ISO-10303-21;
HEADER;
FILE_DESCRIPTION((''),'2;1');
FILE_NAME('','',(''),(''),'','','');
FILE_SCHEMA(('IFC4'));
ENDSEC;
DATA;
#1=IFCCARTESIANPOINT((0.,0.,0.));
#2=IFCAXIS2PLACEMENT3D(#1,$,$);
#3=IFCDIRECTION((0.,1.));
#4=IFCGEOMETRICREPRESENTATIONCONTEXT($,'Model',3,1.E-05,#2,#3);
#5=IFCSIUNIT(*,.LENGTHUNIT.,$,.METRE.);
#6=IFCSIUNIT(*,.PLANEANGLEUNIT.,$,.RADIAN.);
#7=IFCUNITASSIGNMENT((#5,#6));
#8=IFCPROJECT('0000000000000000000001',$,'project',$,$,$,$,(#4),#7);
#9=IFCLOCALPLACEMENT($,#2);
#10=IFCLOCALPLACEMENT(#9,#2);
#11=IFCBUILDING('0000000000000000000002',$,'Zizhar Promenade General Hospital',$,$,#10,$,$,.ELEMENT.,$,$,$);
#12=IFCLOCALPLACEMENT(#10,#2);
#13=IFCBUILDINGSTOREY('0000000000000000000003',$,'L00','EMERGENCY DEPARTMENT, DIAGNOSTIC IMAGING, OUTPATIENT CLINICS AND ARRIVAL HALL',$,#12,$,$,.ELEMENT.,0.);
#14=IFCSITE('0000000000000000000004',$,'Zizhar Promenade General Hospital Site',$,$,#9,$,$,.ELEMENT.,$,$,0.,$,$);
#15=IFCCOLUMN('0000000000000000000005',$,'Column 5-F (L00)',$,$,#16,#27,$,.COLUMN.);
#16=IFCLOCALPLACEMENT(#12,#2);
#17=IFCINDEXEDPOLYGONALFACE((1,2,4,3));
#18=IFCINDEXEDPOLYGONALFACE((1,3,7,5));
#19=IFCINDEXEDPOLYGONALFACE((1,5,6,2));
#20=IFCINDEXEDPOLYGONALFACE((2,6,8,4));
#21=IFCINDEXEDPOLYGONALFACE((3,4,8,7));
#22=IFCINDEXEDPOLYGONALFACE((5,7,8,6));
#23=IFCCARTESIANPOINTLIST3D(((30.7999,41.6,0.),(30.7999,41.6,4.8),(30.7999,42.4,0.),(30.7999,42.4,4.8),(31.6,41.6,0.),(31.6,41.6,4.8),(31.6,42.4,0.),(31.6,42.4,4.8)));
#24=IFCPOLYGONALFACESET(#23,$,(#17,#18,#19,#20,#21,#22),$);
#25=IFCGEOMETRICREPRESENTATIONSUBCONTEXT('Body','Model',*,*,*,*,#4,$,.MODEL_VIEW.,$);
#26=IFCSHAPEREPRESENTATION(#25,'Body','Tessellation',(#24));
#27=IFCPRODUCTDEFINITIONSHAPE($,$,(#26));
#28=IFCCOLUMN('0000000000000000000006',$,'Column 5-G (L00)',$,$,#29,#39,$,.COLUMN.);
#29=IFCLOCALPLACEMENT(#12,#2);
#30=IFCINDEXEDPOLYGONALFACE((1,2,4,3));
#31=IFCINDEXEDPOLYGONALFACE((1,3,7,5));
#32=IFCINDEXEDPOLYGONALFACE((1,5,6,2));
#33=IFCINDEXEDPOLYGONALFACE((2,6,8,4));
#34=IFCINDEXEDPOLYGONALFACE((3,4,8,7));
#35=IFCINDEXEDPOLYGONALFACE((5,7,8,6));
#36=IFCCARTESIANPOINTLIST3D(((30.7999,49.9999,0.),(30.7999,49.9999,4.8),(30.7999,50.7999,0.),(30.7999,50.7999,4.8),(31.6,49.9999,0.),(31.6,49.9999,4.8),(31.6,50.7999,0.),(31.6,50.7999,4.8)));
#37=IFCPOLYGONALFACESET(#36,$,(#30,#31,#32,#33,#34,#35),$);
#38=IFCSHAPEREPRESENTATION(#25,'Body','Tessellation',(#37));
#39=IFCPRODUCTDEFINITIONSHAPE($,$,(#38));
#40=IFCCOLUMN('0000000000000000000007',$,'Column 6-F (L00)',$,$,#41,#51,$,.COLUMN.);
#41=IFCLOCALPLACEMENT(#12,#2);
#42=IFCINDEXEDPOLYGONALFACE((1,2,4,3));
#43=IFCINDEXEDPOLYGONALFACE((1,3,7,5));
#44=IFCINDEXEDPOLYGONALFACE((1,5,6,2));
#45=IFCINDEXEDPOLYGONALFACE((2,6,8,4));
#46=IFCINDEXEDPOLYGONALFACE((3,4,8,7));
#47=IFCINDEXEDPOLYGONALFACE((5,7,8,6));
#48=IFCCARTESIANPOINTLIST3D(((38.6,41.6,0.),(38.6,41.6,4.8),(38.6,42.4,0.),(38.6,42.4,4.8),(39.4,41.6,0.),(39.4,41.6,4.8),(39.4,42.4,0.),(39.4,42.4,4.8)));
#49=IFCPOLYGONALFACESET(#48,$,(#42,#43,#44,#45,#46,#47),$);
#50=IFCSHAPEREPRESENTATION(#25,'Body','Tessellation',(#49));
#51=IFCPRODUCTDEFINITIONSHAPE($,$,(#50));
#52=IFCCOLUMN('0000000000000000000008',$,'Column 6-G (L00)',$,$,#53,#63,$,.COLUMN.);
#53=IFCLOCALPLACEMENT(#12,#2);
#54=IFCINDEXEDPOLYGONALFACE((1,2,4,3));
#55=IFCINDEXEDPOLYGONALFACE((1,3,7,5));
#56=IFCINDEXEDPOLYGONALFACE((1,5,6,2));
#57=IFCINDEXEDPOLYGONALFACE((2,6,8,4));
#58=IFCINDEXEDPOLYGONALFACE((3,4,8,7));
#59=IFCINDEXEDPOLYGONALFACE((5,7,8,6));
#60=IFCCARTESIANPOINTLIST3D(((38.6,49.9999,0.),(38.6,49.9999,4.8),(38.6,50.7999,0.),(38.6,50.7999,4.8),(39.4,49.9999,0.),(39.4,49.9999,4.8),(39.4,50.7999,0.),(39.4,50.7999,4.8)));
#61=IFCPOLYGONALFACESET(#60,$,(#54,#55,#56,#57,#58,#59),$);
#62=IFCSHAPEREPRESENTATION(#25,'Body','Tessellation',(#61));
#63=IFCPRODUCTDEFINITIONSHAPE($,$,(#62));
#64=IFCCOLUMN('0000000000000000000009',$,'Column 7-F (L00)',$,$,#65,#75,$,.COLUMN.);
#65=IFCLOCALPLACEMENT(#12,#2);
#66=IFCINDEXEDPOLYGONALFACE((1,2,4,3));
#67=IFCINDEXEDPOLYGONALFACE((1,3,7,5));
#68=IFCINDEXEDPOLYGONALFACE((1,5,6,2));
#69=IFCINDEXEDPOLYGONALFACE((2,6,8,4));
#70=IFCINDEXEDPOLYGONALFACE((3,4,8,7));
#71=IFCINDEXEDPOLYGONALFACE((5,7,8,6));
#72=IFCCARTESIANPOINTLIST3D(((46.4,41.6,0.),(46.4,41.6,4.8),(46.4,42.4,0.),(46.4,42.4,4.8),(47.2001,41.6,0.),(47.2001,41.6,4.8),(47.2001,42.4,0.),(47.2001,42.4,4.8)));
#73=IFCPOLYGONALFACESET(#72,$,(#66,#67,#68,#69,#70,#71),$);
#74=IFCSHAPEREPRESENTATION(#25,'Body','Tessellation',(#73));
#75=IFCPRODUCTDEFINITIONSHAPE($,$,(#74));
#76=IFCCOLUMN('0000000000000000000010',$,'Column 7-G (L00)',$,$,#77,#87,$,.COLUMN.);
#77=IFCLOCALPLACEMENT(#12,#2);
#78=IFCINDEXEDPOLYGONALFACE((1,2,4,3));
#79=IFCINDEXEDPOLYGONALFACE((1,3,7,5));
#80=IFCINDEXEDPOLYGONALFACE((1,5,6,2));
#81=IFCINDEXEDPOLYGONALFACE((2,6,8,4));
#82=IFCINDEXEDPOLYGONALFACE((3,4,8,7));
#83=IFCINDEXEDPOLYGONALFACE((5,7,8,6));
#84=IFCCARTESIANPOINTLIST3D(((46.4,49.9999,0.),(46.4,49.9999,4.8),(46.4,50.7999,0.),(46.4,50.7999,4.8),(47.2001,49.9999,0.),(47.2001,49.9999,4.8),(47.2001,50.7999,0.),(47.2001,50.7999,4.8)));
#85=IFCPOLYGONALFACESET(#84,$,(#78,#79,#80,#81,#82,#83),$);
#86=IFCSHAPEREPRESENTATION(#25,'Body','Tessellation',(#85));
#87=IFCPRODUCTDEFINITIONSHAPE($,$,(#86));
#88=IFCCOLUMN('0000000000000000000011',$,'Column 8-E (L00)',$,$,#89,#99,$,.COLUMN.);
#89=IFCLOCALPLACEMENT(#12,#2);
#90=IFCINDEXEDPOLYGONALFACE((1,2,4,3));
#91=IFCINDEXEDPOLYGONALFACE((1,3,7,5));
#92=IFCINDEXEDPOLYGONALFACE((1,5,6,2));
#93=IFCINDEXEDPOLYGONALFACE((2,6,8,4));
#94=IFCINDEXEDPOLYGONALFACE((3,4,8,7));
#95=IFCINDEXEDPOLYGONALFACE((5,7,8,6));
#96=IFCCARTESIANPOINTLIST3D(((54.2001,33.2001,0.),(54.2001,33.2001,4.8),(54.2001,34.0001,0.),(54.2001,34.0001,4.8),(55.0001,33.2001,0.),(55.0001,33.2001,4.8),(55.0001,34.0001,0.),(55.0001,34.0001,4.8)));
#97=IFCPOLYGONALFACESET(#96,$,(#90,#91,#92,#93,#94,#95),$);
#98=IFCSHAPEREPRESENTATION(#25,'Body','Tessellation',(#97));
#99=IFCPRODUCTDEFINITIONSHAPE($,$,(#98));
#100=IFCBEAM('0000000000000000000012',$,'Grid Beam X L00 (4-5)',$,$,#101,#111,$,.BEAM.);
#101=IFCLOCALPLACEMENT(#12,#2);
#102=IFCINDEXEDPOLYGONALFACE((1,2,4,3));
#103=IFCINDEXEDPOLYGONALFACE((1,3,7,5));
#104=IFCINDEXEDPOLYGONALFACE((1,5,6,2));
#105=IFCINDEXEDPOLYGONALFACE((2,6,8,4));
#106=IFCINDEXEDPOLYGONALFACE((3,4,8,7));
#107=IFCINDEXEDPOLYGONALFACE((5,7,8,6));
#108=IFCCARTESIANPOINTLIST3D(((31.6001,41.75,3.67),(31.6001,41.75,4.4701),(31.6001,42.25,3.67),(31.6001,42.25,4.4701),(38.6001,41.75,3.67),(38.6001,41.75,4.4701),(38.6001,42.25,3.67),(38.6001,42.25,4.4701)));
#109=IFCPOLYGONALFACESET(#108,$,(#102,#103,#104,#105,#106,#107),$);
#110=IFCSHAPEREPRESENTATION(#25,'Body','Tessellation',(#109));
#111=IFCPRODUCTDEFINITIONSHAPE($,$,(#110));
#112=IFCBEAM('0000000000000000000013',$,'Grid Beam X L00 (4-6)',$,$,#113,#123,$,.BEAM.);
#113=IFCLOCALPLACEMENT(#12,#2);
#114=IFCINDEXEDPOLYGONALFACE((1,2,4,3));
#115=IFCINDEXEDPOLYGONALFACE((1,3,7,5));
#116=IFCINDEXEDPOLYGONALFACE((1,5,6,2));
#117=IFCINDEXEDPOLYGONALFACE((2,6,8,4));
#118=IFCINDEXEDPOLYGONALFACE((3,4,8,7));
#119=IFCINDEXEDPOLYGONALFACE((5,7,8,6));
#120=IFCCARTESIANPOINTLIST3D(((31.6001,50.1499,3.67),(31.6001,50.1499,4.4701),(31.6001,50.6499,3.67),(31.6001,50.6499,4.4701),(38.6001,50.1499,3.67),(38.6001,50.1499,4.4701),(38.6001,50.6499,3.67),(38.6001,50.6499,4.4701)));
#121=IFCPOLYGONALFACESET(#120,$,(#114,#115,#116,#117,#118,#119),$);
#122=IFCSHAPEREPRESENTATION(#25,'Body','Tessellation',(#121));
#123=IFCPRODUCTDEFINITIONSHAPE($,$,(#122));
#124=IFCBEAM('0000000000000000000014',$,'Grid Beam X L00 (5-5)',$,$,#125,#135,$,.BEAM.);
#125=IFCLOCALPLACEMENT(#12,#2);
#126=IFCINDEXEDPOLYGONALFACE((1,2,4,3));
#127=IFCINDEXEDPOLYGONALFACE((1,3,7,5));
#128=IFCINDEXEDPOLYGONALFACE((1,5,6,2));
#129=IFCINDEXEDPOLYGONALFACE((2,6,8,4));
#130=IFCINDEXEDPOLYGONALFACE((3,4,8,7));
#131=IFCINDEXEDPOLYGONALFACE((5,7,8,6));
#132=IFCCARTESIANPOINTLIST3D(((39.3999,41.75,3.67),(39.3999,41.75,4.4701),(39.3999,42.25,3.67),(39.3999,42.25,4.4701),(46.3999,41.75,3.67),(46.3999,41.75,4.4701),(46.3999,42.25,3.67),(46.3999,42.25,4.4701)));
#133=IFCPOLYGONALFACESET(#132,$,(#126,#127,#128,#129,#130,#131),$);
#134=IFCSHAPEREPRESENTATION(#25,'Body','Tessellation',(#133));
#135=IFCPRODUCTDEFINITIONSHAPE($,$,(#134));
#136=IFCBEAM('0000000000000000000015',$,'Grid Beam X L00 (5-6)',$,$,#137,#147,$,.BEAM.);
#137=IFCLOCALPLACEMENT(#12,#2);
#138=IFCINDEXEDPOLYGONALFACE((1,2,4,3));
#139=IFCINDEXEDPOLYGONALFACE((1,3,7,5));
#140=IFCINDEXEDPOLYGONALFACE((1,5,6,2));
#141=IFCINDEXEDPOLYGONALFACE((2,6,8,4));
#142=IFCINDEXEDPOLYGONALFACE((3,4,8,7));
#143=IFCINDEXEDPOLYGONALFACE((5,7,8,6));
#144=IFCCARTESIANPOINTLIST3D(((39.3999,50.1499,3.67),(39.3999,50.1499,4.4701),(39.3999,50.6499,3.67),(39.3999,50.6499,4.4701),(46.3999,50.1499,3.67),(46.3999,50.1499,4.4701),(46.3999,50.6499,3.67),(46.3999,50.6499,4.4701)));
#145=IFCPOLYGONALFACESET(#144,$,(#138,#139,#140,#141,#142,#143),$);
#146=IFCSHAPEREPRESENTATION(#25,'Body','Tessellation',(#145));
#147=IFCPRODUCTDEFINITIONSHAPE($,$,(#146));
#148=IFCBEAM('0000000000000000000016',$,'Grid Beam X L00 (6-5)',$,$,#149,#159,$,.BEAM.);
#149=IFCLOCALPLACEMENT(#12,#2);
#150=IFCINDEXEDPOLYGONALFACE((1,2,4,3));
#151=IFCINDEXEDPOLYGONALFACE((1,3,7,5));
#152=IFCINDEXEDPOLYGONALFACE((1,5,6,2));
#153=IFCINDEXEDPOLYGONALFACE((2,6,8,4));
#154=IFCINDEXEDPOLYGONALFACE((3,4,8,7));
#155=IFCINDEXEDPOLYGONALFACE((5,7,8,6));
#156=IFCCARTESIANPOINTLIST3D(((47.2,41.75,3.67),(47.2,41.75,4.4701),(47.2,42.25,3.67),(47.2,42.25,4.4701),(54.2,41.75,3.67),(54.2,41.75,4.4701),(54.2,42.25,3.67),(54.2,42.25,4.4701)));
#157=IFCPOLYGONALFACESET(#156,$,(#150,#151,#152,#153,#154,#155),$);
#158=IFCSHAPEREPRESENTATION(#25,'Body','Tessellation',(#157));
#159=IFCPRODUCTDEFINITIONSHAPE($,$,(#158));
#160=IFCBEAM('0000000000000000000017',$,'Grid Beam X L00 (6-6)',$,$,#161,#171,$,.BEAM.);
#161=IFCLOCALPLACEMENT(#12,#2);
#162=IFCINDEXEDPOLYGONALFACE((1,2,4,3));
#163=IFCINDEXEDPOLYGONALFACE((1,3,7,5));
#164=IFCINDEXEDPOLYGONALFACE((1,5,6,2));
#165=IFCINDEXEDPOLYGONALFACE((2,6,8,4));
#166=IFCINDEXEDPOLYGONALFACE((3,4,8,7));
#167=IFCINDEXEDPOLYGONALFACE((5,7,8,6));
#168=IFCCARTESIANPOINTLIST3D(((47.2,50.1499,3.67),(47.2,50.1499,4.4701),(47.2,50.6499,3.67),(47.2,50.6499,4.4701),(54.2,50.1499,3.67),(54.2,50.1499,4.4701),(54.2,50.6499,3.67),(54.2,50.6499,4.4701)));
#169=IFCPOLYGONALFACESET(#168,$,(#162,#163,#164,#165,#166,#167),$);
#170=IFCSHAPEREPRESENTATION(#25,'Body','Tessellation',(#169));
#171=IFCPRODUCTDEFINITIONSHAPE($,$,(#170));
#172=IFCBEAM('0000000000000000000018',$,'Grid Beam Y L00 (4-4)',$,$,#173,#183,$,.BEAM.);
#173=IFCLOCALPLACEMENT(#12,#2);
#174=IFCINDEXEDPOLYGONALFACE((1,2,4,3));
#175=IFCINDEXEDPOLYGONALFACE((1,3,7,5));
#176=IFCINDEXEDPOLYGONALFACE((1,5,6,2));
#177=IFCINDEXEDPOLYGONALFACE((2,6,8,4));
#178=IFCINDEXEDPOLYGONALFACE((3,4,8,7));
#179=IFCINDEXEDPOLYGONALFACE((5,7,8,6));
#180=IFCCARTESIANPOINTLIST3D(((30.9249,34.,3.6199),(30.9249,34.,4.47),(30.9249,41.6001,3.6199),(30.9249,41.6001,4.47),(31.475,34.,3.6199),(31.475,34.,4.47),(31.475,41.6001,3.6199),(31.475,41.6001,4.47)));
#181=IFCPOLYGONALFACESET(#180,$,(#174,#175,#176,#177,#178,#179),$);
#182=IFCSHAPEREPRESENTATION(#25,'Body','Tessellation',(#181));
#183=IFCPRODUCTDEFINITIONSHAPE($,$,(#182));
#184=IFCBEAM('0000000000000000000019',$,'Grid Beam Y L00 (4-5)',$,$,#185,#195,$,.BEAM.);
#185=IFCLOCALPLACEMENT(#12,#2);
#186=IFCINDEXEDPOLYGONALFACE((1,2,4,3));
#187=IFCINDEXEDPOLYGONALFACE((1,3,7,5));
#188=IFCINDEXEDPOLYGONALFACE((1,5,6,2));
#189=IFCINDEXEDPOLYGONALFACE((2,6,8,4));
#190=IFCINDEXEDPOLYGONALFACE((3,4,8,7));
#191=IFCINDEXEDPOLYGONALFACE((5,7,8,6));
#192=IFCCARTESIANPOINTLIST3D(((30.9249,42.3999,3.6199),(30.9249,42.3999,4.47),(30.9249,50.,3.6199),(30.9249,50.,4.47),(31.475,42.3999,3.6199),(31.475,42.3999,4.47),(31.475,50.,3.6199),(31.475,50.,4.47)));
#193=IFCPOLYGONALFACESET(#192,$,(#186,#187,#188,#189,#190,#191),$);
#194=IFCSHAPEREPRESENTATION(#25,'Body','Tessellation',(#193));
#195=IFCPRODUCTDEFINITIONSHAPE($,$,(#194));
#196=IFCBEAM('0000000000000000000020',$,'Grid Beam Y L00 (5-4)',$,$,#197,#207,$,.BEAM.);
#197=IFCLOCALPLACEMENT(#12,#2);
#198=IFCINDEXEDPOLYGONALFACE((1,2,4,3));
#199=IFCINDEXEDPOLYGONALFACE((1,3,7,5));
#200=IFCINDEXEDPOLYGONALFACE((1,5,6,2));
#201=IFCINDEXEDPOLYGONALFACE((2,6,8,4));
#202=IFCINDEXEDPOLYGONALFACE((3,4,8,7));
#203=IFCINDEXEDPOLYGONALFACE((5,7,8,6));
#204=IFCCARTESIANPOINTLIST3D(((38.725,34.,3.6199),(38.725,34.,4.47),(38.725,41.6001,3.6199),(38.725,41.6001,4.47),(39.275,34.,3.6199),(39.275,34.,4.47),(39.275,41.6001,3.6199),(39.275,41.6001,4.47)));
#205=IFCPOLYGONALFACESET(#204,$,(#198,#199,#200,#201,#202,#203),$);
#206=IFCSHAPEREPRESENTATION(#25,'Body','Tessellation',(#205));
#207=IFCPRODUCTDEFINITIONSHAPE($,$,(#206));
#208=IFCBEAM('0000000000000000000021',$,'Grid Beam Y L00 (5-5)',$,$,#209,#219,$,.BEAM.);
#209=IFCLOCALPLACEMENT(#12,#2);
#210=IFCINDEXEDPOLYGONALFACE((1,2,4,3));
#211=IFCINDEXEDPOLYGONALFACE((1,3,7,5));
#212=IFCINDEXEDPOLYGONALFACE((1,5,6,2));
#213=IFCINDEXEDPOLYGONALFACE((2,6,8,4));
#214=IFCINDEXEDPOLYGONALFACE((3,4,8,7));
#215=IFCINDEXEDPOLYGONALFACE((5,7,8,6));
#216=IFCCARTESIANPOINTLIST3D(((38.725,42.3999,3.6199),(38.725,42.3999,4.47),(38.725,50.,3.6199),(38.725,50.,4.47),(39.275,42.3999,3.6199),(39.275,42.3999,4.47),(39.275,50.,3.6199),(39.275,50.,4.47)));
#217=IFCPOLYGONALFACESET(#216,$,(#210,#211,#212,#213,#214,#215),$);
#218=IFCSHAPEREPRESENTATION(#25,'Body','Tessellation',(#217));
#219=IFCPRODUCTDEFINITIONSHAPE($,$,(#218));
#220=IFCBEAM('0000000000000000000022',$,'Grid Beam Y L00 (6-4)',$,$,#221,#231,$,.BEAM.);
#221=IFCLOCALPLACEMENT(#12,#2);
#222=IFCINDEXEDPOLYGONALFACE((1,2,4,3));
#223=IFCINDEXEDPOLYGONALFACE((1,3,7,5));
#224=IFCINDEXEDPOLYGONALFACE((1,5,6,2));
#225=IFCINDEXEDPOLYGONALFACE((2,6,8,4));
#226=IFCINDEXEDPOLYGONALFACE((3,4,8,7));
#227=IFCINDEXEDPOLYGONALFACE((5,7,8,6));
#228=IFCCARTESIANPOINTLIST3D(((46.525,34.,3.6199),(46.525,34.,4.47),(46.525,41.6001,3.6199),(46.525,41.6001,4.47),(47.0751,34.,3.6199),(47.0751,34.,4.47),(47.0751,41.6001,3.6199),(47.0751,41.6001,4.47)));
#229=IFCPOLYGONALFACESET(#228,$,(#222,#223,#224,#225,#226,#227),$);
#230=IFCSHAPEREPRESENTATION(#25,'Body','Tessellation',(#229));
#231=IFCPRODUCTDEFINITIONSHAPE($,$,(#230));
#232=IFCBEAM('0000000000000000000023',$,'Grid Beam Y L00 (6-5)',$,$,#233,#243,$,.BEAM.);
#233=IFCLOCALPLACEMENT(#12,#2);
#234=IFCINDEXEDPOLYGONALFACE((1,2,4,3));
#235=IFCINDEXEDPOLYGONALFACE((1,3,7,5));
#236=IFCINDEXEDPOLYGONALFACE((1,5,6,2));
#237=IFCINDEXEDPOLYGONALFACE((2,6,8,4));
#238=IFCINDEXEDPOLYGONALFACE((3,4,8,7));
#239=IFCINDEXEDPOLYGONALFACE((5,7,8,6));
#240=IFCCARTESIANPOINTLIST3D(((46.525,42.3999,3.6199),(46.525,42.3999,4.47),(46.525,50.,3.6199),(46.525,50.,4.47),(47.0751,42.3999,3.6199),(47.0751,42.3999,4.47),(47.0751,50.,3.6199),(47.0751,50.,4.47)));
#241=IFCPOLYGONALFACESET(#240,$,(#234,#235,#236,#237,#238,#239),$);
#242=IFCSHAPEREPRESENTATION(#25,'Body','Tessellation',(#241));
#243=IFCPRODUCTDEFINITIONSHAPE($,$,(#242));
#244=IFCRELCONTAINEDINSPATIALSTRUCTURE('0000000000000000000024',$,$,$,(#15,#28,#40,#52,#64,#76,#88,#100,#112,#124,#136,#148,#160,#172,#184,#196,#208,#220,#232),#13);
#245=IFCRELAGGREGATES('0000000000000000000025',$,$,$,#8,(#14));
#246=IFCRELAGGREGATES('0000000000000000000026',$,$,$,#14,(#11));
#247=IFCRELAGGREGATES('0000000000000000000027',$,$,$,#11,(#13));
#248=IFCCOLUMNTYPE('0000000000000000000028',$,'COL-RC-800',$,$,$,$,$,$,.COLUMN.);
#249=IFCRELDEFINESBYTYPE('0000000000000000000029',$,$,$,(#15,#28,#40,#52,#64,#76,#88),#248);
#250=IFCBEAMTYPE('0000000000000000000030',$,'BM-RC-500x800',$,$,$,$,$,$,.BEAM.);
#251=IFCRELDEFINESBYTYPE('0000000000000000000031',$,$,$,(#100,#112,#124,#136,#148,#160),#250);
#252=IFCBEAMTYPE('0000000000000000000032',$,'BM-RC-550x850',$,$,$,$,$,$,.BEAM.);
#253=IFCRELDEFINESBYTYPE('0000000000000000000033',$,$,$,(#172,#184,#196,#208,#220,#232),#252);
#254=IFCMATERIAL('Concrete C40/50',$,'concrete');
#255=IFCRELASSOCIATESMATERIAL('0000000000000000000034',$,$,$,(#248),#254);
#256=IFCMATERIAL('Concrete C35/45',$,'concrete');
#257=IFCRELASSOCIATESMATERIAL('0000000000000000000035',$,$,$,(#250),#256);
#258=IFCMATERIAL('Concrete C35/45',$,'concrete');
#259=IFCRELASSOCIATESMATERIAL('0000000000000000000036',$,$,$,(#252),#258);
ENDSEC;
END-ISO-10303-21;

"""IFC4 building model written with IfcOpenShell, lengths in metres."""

from ifc_helpers import new_model, si_unit, direction, frame, origin, origin_2d, place, context, subcontext, project, spatial, rectangle, extrude, material, material_profile, profile_set, type_object, element, save


model = new_model("IFC4")

# Units and contexts
model_context = context("Model", 3, precision=1e-05, world=origin(), true_north=direction((0.0, 1.0)))
body_context = subcontext(model_context, "Body", "Model", "MODEL_VIEW")
ifc_project = project(units=[si_unit("LENGTHUNIT", "METRE"), si_unit("PLANEANGLEUNIT", "RADIAN")], contexts=[model_context])

# Site, building, storey
site_placement = place(None, origin())
site = spatial("IfcSite", under=ifc_project, at=site_placement, Name="Zizhar Promenade General Hospital Site", CompositionType="ELEMENT", RefElevation=0.0)
building_placement = place(site_placement, origin())
building = spatial("IfcBuilding", under=site, at=building_placement, Name="Zizhar Promenade General Hospital", CompositionType="ELEMENT")
storey_placement = place(building_placement, origin())
storey = spatial("IfcBuildingStorey", under=building, at=storey_placement, Name="L00", Description="EMERGENCY DEPARTMENT, DIAGNOSTIC IMAGING, OUTPATIENT CLINICS AND ARRIVAL HALL", CompositionType="ELEMENT", Elevation=0.0)

# Columns
ifc_material_1 = material(Name="Concrete C40/50", Category="concrete")
ifc_material_profile_1 = material_profile(ifc_material_1, rectangle(XDim=0.8, YDim=0.8, at=origin_2d()))
ifc_profile_set_1 = profile_set([ifc_material_profile_1], Name="Concrete C40/50")
column_type = type_object("IfcColumnType", Name="COL-RC-800", PredefinedType="COLUMN", material=ifc_profile_set_1)
for number, where, z_axis, x_axis, name in (
    (1, (31.2, 42.0, 0.0), (0.0, 0.0, 1.0), (1.0, 0.0, 0.0), "Column 5-F (L00)"),
    (2, (31.2, 50.3999, 0.0), (0.0, 0.0, 1.0), (1.0, 0.0, 0.0), "Column 5-G (L00)"),
    (3, (39.0, 42.0, 0.0), (0.0, 0.0, 1.0), (1.0, 0.0, 0.0), "Column 6-F (L00)"),
    (4, (39.0, 50.3999, 0.0), (0.0, 0.0, 1.0), (1.0, 0.0, 0.0), "Column 6-G (L00)"),
    (5, (46.8, 42.0, 0.0), (0.0, 0.0, 1.0), (1.0, 0.0, 0.0), "Column 7-F (L00)"),
    (6, (46.8, 50.3999, 0.0), (0.0, 0.0, 1.0), (1.0, 0.0, 0.0), "Column 7-G (L00)"),
    (7, (54.6001, 33.6001, 0.0), (0.0, 0.0, 1.0), (1.0, 0.0, 0.0), "Column 8-E (L00)"),
):
    element("IfcColumn", number, at=place(storey_placement, frame(where, z_axis=z_axis, x_axis=x_axis)), inside=storey, type_object=column_type, Name=name, PredefinedType="COLUMN", context=body_context, shape_type="SweptSolid", body=[
        extrude(rectangle(XDim=0.8, YDim=0.8, at=origin_2d()), origin(), (0.0, 0.0, 1.0), 4.8),
    ])

# Beams
ifc_material_2 = material(Name="Concrete C35/45", Category="concrete")
ifc_material_profile_2 = material_profile(ifc_material_2, rectangle(XDim=0.5, YDim=0.8, at=origin_2d()))
ifc_profile_set_2 = profile_set([ifc_material_profile_2], Name="Concrete C35/45")
beam_type_1 = type_object("IfcBeamType", Name="BM-RC-500x800", PredefinedType="BEAM", material=ifc_profile_set_2)
for number, where, z_axis, x_axis, name in (
    (8, (31.6001, 42.0, 4.0701), (1.0, 0.0, 0.0), (0.0, 1.0, 0.0), "Grid Beam X L00 (4-5)"),
    (9, (31.6001, 50.3999, 4.0701), (1.0, 0.0, 0.0), (0.0, 1.0, 0.0), "Grid Beam X L00 (4-6)"),
    (10, (39.3999, 42.0, 4.0701), (1.0, 0.0, 0.0), (0.0, 1.0, 0.0), "Grid Beam X L00 (5-5)"),
    (11, (39.3999, 50.3999, 4.0701), (1.0, 0.0, 0.0), (0.0, 1.0, 0.0), "Grid Beam X L00 (5-6)"),
    (12, (47.2, 42.0, 4.0701), (1.0, 0.0, 0.0), (0.0, 1.0, 0.0), "Grid Beam X L00 (6-5)"),
    (13, (47.2, 50.3999, 4.0701), (1.0, 0.0, 0.0), (0.0, 1.0, 0.0), "Grid Beam X L00 (6-6)"),
):
    element("IfcBeam", number, at=place(storey_placement, frame(where, z_axis=z_axis, x_axis=x_axis)), inside=storey, type_object=beam_type_1, Name=name, PredefinedType="BEAM", context=body_context, shape_type="SweptSolid", body=[
        extrude(rectangle(XDim=0.5, YDim=0.8, at=origin_2d()), origin(), (0.0, 0.0, 1.0), 7.0),
    ])
ifc_material_3 = material(Name="Concrete C35/45", Category="concrete")
ifc_material_profile_3 = material_profile(ifc_material_3, rectangle(XDim=0.55, YDim=0.8501, at=origin_2d()))
ifc_profile_set_3 = profile_set([ifc_material_profile_3], Name="Concrete C35/45")
beam_type_2 = type_object("IfcBeamType", Name="BM-RC-550x850", PredefinedType="BEAM", material=ifc_profile_set_3)
for number, where, z_axis, x_axis, name in (
    (14, (31.2, 34.0, 4.0449), (0.0, 1.0, 0.0), (-1.0, 0.0, 0.0), "Grid Beam Y L00 (4-4)"),
    (15, (31.2, 42.3999, 4.0449), (0.0, 1.0, 0.0), (-1.0, 0.0, 0.0), "Grid Beam Y L00 (4-5)"),
    (16, (39.0, 34.0, 4.0449), (0.0, 1.0, 0.0), (-1.0, 0.0, 0.0), "Grid Beam Y L00 (5-4)"),
    (17, (39.0, 42.3999, 4.0449), (0.0, 1.0, 0.0), (-1.0, 0.0, 0.0), "Grid Beam Y L00 (5-5)"),
    (18, (46.8, 34.0, 4.0449), (0.0, 1.0, 0.0), (-1.0, 0.0, 0.0), "Grid Beam Y L00 (6-4)"),
    (19, (46.8, 42.3999, 4.0449), (0.0, 1.0, 0.0), (-1.0, 0.0, 0.0), "Grid Beam Y L00 (6-5)"),
):
    element("IfcBeam", number, at=place(storey_placement, frame(where, z_axis=z_axis, x_axis=x_axis)), inside=storey, type_object=beam_type_2, Name=name, PredefinedType="BEAM", context=body_context, shape_type="SweptSolid", body=[
        extrude(rectangle(XDim=0.55, YDim=0.8501, at=origin_2d()), origin(), (0.0, 0.0, 1.0), 7.6001),
    ])

save(model, "model.ifc")
